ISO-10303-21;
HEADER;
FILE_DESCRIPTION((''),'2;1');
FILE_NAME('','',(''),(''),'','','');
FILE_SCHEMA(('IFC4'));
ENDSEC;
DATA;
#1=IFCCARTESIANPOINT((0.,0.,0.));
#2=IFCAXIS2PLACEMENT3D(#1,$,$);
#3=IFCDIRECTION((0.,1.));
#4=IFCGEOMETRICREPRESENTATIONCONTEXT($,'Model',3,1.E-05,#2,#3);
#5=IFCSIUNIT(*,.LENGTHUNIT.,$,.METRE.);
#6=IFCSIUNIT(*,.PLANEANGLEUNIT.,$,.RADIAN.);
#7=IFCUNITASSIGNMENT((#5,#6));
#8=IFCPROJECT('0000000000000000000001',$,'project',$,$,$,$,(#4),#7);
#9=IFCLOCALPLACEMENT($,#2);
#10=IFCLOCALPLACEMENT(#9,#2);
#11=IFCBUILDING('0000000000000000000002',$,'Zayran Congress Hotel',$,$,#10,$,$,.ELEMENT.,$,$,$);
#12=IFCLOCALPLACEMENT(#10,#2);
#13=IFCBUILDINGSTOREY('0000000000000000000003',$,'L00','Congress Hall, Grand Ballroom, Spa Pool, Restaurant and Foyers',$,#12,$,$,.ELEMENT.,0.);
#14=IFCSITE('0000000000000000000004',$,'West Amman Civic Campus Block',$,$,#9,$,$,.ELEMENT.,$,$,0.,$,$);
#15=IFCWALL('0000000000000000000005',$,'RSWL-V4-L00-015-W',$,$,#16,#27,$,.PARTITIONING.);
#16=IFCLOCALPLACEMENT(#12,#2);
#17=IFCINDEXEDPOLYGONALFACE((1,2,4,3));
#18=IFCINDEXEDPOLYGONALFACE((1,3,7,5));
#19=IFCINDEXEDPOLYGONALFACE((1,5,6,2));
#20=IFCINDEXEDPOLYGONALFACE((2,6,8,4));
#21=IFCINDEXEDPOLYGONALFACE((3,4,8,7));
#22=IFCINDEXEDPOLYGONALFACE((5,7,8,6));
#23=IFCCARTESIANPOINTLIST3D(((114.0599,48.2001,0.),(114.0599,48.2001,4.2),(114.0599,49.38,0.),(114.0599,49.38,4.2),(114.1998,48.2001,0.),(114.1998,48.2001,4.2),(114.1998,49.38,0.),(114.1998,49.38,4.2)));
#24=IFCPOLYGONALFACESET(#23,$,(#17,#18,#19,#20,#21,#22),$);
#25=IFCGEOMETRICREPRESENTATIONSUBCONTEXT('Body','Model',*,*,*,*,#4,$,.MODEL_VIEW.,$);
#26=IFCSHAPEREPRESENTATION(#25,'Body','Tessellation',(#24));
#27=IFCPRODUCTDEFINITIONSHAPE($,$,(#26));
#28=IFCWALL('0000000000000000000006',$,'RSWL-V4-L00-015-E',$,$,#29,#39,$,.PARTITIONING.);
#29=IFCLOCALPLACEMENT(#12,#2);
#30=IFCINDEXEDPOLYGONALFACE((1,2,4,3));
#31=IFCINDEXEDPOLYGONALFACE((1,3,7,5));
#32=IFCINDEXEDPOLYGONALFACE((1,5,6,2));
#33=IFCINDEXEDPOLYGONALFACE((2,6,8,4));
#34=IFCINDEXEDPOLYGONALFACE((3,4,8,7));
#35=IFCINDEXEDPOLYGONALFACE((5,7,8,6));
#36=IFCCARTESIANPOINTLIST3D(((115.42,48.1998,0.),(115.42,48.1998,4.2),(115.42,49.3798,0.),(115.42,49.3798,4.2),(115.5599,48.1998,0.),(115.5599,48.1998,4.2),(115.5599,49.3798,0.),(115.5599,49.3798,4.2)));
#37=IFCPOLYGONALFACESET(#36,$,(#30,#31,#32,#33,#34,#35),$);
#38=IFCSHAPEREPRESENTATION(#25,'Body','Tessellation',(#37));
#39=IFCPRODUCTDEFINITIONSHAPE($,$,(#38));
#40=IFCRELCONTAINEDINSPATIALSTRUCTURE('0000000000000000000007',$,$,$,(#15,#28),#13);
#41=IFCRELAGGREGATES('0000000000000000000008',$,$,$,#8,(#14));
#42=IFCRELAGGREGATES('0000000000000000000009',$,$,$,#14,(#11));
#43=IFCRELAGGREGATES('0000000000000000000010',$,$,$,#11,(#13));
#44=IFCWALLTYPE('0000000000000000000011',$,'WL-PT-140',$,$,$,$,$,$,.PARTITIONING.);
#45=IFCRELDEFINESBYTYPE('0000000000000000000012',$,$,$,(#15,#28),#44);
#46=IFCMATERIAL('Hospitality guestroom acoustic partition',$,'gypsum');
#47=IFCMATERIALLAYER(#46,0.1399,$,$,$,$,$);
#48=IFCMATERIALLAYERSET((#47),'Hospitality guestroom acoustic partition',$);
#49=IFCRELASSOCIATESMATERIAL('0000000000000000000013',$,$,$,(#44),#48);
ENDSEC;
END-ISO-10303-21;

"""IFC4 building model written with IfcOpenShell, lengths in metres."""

from ifc_helpers import new_model, si_unit, direction, frame, frame_2d, origin, place, context, subcontext, project, spatial, rectangle, extrude, material, layer, layer_set, type_object, element, save


model = new_model("IFC4")

# Units and contexts
model_context = context("Model", 3, precision=1e-05, world=origin(), true_north=direction((0.0, 1.0)))
body_context = subcontext(model_context, "Body", "Model", "MODEL_VIEW")
ifc_project = project(units=[si_unit("LENGTHUNIT", "METRE"), si_unit("PLANEANGLEUNIT", "RADIAN")], contexts=[model_context])

# Site, building, storey
site_placement = place(None, origin())
site = spatial("IfcSite", under=ifc_project, at=site_placement, Name="West Amman Civic Campus Block", CompositionType="ELEMENT", RefElevation=0.0)
building_placement = place(site_placement, origin())
building = spatial("IfcBuilding", under=site, at=building_placement, Name="Zayran Congress Hotel", CompositionType="ELEMENT")
storey_placement = place(building_placement, origin())
storey = spatial("IfcBuildingStorey", under=building, at=storey_placement, Name="L00", Description="Congress Hall, Grand Ballroom, Spa Pool, Restaurant and Foyers", CompositionType="ELEMENT", Elevation=0.0)

# Walls
ifc_material_1 = material(Name="Hospitality guestroom acoustic partition", Category="gypsum")
ifc_layer_1 = layer(ifc_material_1, 0.1399)
ifc_layer_set_1 = layer_set([ifc_layer_1], Name="Hospitality guestroom acoustic partition")
wall_type_1 = type_object("IfcWallType", Name="WL-PT-140", PredefinedType="PARTITIONING", material=ifc_layer_set_1)
for number, where, z_axis, x_axis, name in (
    (1, (114.1299, 49.3799, 0.0), (0.0, 0.0, 1.0), (0.0, -1.0, 0.0), "RSWL-V4-L00-015-W"),
    (2, (115.49, 48.2, 0.0), (0.0, 0.0, 1.0), (0.0, 1.0, 0.0), "RSWL-V4-L00-015-E"),
):
    element("IfcWall", number, at=place(storey_placement, frame(where, z_axis=z_axis, x_axis=x_axis)), inside=storey, type_object=wall_type_1, Name=name, PredefinedType="PARTITIONING", context=body_context, shape_type="SweptSolid", body=[
        extrude(rectangle(XDim=1.1799, YDim=0.1399, at=frame_2d((0.5898, 0.0))), origin(), (0.0, 0.0, 1.0), 4.2),
    ])

save(model, "model.ifc")
